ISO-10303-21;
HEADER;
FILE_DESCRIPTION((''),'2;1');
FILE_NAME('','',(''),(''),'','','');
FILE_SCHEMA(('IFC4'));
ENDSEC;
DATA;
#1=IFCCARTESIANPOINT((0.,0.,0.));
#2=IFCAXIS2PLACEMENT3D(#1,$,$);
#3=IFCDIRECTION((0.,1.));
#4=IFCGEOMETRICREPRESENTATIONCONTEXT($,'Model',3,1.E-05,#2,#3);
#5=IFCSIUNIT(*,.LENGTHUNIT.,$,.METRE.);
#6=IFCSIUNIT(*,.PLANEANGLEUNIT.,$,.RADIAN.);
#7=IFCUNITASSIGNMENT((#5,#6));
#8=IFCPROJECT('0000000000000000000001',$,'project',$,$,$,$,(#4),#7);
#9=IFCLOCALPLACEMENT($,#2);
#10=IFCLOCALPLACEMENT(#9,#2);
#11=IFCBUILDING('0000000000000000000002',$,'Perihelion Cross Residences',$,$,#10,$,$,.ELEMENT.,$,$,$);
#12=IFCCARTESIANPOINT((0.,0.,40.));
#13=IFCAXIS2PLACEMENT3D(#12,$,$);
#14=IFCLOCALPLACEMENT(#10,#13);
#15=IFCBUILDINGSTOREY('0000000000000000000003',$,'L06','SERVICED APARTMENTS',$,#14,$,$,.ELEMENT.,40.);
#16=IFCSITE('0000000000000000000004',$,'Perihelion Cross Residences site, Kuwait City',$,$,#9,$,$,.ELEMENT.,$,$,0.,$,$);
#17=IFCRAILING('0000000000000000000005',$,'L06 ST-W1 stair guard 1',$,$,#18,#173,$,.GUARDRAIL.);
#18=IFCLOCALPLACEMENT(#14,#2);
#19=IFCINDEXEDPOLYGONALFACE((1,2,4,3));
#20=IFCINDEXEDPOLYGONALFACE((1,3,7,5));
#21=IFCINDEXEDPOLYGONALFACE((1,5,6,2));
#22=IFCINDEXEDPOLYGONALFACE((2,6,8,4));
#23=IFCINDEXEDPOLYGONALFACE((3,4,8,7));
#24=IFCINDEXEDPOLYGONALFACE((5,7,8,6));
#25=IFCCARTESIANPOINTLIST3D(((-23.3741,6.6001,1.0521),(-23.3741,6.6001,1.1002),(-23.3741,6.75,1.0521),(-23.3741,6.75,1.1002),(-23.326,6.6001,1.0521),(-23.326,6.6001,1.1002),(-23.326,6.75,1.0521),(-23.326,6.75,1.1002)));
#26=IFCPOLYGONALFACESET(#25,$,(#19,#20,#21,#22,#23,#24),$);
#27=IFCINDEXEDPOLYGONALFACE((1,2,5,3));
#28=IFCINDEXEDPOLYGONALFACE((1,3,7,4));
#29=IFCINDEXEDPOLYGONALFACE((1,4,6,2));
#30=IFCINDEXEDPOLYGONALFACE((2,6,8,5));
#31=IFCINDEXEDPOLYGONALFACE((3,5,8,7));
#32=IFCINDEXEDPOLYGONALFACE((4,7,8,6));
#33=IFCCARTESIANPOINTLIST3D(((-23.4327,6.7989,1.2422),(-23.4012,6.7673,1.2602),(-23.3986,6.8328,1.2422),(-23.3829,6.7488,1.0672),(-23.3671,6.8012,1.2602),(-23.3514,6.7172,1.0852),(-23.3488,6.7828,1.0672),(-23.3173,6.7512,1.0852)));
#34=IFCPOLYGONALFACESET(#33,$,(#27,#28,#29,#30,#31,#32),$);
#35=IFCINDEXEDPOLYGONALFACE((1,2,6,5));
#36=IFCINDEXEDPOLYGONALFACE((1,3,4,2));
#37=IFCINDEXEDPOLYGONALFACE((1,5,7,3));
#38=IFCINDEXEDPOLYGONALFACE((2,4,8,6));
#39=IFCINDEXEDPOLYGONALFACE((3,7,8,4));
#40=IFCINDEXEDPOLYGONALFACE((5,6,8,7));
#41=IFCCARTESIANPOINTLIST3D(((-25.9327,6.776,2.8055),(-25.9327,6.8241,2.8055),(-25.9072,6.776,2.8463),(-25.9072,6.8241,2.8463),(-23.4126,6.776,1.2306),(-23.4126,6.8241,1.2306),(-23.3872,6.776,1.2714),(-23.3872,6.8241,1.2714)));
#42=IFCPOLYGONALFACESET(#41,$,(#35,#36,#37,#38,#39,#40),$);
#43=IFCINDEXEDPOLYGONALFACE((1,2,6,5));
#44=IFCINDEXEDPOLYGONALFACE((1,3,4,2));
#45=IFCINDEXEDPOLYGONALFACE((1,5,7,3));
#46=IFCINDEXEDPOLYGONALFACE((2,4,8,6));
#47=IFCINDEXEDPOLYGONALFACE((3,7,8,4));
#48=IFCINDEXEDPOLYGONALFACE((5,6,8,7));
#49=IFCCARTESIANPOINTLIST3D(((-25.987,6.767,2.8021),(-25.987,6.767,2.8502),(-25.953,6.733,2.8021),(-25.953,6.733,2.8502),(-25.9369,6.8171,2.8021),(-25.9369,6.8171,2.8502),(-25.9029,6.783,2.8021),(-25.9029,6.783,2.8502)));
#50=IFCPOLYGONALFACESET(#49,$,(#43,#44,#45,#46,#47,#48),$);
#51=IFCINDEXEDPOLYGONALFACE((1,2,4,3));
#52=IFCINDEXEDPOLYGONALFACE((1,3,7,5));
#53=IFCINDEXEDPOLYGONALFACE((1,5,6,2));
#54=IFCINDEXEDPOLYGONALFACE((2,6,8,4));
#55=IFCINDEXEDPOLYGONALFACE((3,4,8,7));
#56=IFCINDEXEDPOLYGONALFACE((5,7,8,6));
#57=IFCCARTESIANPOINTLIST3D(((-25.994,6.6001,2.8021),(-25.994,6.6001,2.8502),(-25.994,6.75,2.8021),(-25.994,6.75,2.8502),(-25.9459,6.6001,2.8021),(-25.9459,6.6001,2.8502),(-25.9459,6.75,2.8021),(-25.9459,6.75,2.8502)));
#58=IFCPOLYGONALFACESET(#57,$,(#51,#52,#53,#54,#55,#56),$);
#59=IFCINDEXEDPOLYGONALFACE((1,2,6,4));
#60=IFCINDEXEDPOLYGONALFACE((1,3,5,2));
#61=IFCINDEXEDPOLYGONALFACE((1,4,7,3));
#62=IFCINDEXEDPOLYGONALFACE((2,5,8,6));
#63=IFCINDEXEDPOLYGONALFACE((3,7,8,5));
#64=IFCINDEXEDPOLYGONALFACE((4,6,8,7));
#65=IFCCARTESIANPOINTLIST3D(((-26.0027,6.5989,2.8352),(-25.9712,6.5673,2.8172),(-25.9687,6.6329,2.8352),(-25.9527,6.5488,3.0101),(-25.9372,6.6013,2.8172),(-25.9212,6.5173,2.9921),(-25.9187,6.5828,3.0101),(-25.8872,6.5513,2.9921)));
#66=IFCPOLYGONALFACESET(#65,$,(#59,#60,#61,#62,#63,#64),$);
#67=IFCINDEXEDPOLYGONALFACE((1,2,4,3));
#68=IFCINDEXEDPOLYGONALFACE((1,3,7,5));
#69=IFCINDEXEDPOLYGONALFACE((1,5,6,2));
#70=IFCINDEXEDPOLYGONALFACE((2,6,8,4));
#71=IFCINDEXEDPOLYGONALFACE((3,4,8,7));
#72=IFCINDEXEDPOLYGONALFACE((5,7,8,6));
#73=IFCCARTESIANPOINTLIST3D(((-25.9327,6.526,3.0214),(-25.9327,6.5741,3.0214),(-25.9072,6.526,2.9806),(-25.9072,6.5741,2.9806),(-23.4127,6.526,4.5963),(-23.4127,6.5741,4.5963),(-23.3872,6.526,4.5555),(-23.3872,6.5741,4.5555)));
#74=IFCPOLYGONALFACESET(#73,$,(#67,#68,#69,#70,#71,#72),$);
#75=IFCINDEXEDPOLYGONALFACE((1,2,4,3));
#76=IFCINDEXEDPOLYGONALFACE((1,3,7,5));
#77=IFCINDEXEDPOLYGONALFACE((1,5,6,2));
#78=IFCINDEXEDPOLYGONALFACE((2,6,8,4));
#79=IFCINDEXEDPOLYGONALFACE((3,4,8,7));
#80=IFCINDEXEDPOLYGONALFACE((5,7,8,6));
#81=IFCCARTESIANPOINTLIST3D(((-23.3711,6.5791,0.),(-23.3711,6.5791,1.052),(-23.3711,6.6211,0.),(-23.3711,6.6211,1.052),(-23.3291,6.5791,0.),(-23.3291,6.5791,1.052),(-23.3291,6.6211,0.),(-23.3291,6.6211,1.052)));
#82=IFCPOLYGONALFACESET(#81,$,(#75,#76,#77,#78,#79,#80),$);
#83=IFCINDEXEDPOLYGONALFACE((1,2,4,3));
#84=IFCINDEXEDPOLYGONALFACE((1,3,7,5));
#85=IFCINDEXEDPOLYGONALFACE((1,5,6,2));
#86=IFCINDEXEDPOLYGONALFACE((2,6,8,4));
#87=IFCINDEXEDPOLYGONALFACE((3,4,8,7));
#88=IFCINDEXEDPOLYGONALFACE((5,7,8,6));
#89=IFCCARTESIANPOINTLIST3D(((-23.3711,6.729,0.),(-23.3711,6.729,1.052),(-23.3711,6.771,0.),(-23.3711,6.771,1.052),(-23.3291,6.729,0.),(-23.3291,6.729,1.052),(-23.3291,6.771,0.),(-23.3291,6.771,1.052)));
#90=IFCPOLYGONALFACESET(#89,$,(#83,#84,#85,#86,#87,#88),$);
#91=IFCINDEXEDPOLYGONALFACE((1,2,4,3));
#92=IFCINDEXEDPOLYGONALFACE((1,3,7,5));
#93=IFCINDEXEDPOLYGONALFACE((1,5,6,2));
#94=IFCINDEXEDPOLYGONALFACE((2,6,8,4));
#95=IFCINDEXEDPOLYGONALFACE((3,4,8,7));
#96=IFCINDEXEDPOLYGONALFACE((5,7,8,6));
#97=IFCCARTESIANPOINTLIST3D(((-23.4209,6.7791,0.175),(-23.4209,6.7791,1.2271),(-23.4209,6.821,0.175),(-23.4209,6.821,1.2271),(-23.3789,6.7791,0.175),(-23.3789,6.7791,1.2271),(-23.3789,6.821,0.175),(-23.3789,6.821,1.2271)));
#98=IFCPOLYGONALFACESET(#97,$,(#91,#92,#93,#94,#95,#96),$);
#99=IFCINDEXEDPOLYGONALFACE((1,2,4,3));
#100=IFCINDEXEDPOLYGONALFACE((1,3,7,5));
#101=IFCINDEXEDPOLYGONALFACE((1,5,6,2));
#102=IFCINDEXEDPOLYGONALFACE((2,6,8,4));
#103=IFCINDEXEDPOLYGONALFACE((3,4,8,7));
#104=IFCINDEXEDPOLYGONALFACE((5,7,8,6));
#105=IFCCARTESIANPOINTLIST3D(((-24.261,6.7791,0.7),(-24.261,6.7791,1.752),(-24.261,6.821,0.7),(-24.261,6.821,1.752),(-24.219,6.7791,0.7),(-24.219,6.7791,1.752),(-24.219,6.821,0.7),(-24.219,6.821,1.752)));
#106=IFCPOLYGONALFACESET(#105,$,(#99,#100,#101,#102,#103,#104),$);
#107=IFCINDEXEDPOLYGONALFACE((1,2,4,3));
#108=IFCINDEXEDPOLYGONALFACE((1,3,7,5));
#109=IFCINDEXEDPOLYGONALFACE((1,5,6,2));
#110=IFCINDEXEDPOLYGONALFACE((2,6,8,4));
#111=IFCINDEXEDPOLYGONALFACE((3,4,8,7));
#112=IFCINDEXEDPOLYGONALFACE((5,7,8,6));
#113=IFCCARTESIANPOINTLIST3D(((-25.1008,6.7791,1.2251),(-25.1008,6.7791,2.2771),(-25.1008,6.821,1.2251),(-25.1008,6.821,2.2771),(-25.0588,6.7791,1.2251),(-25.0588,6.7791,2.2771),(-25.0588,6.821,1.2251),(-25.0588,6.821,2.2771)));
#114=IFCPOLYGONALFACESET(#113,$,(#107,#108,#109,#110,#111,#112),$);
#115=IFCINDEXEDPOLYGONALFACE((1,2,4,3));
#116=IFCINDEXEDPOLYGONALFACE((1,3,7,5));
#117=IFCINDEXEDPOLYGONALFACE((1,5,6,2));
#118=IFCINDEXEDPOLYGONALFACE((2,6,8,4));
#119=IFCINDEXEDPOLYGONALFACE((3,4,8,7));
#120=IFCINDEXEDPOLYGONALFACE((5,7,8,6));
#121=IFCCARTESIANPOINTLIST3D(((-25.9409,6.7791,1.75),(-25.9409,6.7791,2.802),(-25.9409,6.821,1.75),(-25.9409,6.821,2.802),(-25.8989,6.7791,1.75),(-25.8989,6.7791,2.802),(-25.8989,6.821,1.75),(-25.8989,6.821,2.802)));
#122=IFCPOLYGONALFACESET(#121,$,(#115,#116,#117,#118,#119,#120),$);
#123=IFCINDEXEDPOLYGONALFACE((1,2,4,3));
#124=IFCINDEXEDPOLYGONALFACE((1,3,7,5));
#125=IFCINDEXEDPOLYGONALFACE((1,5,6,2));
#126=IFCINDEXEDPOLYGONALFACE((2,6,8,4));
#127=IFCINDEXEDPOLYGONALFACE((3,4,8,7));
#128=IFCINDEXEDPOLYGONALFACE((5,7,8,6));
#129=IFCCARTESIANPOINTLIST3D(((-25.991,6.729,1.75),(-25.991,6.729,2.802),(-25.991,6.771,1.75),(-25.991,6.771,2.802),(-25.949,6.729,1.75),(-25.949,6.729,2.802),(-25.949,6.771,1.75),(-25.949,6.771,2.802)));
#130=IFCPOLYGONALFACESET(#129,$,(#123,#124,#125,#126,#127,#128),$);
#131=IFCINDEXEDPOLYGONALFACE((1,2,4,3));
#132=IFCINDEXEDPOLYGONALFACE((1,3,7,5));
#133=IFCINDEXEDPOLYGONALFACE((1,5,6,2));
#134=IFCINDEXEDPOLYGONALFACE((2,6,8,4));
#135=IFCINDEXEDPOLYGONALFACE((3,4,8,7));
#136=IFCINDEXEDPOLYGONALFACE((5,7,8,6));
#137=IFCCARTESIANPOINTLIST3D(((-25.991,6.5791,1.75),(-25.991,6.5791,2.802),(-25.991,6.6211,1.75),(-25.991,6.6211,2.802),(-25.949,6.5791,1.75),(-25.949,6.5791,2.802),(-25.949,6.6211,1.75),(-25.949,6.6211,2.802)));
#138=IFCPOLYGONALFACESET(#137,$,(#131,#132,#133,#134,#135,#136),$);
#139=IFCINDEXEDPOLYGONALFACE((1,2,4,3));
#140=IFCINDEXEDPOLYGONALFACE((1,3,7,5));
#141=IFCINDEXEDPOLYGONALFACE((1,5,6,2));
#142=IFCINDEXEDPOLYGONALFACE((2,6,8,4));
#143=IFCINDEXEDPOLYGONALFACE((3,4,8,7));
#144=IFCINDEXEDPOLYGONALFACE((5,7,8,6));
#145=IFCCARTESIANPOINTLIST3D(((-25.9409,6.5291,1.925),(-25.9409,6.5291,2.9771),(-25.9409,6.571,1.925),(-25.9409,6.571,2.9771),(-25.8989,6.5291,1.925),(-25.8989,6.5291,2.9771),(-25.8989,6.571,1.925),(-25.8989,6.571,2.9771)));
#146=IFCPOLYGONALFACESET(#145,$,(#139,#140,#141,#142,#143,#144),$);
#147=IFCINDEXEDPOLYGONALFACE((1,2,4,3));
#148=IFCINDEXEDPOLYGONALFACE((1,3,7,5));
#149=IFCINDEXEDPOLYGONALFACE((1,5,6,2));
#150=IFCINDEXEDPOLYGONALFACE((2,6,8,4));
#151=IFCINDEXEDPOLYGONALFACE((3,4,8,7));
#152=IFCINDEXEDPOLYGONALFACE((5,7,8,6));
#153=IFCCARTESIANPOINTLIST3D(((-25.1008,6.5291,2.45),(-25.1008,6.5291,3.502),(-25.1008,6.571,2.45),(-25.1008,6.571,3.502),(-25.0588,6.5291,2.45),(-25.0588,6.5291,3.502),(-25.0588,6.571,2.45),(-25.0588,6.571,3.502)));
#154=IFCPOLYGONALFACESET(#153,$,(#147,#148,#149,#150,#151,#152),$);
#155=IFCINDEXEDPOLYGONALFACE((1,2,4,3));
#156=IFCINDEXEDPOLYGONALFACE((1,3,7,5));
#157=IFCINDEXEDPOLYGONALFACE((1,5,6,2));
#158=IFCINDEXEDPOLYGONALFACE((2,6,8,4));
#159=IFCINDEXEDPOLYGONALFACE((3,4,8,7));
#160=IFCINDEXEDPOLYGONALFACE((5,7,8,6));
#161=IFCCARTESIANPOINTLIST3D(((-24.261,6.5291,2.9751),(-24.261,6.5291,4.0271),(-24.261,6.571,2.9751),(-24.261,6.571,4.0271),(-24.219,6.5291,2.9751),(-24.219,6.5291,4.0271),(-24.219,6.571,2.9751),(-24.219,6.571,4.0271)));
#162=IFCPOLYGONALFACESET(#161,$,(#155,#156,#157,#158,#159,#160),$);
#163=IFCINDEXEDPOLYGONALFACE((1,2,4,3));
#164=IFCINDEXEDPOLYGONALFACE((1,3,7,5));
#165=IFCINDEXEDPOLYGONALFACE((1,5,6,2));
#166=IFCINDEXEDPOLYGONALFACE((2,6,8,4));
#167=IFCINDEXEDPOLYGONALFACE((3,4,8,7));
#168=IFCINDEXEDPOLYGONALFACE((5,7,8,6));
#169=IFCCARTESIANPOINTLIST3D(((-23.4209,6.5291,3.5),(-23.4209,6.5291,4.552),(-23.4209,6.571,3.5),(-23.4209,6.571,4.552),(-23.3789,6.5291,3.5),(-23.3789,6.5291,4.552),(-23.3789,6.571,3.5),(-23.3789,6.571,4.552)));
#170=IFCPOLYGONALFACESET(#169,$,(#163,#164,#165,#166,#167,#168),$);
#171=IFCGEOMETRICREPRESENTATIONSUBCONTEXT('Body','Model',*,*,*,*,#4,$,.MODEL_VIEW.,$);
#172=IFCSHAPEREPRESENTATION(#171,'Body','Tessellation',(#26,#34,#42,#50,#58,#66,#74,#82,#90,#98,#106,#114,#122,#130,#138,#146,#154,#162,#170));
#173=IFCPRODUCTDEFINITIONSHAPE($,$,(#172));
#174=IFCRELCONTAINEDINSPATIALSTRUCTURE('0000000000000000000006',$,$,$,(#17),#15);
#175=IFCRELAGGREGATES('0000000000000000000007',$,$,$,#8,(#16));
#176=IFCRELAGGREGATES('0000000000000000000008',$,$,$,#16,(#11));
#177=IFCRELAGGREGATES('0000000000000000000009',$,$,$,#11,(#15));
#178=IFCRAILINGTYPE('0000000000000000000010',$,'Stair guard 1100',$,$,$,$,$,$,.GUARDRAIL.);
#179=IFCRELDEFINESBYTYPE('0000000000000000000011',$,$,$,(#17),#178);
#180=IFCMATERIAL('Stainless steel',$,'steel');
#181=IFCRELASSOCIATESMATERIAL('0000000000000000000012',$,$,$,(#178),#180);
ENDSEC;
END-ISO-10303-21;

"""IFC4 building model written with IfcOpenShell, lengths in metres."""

from ifc_helpers import new_model, si_unit, direction, frame, origin, origin_2d, place, context, subcontext, project, spatial, rectangle, extrude, material, type_object, element, save


model = new_model("IFC4")

# Units and contexts
model_context = context("Model", 3, precision=1e-05, world=origin(), true_north=direction((0.0, 1.0)))
body_context = subcontext(model_context, "Body", "Model", "MODEL_VIEW")
ifc_project = project(units=[si_unit("LENGTHUNIT", "METRE"), si_unit("PLANEANGLEUNIT", "RADIAN")], contexts=[model_context])

# Site, building, storey
site_placement = place(None, origin())
site = spatial("IfcSite", under=ifc_project, at=site_placement, Name="Perihelion Cross Residences site, Kuwait City", CompositionType="ELEMENT", RefElevation=0.0)
building_placement = place(site_placement, origin())
building = spatial("IfcBuilding", under=site, at=building_placement, Name="Perihelion Cross Residences", CompositionType="ELEMENT")
storey_placement = place(building_placement, frame((0.0, 0.0, 40.0)))
storey = spatial("IfcBuildingStorey", under=building, at=storey_placement, Name="L06", Description="SERVICED APARTMENTS", CompositionType="ELEMENT", Elevation=40.0)

# Railing
ifc_material_1 = material(Name="Stainless steel", Category="steel")
railing_type_1 = type_object("IfcRailingType", Name="Stair guard 1100", PredefinedType="GUARDRAIL", material=ifc_material_1)
railing_1_placement = place(storey_placement, frame((-23.3501, 6.6001, 0.0)))
element("IfcRailing", 1, at=railing_1_placement, inside=storey, type_object=railing_type_1, Name="L06 ST-W1 stair guard 1", PredefinedType="GUARDRAIL", context=body_context, shape_type="SweptSolid", body=[
    extrude(rectangle(XDim=0.0481, YDim=0.0481, at=origin_2d()), frame((0.0, 0.0, 1.0762), z_axis=(0.0, 1.0, 0.0), x_axis=(-1.0, 0.0, 0.0)), (0.0, 0.0, 1.0), 0.1499),
    extrude(rectangle(XDim=0.0481, YDim=0.0481, at=origin_2d()), frame((0.0, 0.1499, 1.0762), z_axis=(-0.263862, 0.265156, 0.927399), x_axis=(-0.708834, -0.705376, 0.0)), (0.0, 0.0, 1.0), 0.1887),
    extrude(rectangle(XDim=0.0481, YDim=0.0481, at=origin_2d()), frame((-0.0498, 0.2, 1.251), z_axis=(-0.848008, 0.0, 0.529984), x_axis=(0.0, -1.0, 0.0)), (0.0, 0.0, 1.0), 2.9717),
    extrude(rectangle(XDim=0.0481, YDim=0.0481, at=origin_2d()), frame((-2.5698, 0.2, 2.8262), z_axis=(-0.707107, -0.707107, 0.0), x_axis=(0.707107, -0.707107, 0.0)), (0.0, 0.0, 1.0), 0.0708),
    extrude(rectangle(XDim=0.0481, YDim=0.0481, at=origin_2d()), frame((-2.6199, 0.1499, 2.8262), z_axis=(0.0, -1.0, 0.0), x_axis=(1.0, 0.0, 0.0)), (0.0, 0.0, 1.0), 0.1499),
    extrude(rectangle(XDim=0.0481, YDim=0.0481, at=origin_2d()), frame((-2.6199, 0.0, 2.8262), z_axis=(0.265065, -0.265065, 0.927082), x_axis=(0.707107, 0.707107, 0.0)), (0.0, 0.0, 1.0), 0.1887),
    extrude(rectangle(XDim=0.0481, YDim=0.0481, at=origin_2d()), frame((-2.5698, -0.05, 3.001), z_axis=(0.848008, 0.0, 0.529984), x_axis=(0.0, 1.0, 0.0)), (0.0, 0.0, 1.0), 2.9717),
    extrude(rectangle(XDim=0.042, YDim=0.042, at=origin_2d()), origin(), (0.0, 0.0, 1.0), 1.052),
    extrude(rectangle(XDim=0.042, YDim=0.042, at=origin_2d()), frame((0.0, 0.1499, 0.0)), (0.0, 0.0, 1.0), 1.052),
    extrude(rectangle(XDim=0.042, YDim=0.042, at=origin_2d()), frame((-0.0498, 0.2, 0.175)), (0.0, 0.0, 1.0), 1.052),
    extrude(rectangle(XDim=0.042, YDim=0.042, at=origin_2d()), frame((-0.8899, 0.2, 0.7)), (0.0, 0.0, 1.0), 1.052),
    extrude(rectangle(XDim=0.042, YDim=0.042, at=origin_2d()), frame((-1.7297, 0.2, 1.2251)), (0.0, 0.0, 1.0), 1.052),
    extrude(rectangle(XDim=0.042, YDim=0.042, at=origin_2d()), frame((-2.5698, 0.2, 1.75)), (0.0, 0.0, 1.0), 1.052),
    extrude(rectangle(XDim=0.042, YDim=0.042, at=origin_2d()), frame((-2.6199, 0.1499, 1.75)), (0.0, 0.0, 1.0), 1.052),
    extrude(rectangle(XDim=0.042, YDim=0.042, at=origin_2d()), frame((-2.6199, 0.0, 1.75)), (0.0, 0.0, 1.0), 1.052),
    extrude(rectangle(XDim=0.042, YDim=0.042, at=origin_2d()), frame((-2.5698, -0.05, 1.925)), (0.0, 0.0, 1.0), 1.052),
    extrude(rectangle(XDim=0.042, YDim=0.042, at=origin_2d()), frame((-1.7297, -0.05, 2.45)), (0.0, 0.0, 1.0), 1.052),
    extrude(rectangle(XDim=0.042, YDim=0.042, at=origin_2d()), frame((-0.8899, -0.05, 2.9751)), (0.0, 0.0, 1.0), 1.052),
    extrude(rectangle(XDim=0.042, YDim=0.042, at=origin_2d()), frame((-0.0498, -0.05, 3.5)), (0.0, 0.0, 1.0), 1.052),
])

save(model, "model.ifc")
